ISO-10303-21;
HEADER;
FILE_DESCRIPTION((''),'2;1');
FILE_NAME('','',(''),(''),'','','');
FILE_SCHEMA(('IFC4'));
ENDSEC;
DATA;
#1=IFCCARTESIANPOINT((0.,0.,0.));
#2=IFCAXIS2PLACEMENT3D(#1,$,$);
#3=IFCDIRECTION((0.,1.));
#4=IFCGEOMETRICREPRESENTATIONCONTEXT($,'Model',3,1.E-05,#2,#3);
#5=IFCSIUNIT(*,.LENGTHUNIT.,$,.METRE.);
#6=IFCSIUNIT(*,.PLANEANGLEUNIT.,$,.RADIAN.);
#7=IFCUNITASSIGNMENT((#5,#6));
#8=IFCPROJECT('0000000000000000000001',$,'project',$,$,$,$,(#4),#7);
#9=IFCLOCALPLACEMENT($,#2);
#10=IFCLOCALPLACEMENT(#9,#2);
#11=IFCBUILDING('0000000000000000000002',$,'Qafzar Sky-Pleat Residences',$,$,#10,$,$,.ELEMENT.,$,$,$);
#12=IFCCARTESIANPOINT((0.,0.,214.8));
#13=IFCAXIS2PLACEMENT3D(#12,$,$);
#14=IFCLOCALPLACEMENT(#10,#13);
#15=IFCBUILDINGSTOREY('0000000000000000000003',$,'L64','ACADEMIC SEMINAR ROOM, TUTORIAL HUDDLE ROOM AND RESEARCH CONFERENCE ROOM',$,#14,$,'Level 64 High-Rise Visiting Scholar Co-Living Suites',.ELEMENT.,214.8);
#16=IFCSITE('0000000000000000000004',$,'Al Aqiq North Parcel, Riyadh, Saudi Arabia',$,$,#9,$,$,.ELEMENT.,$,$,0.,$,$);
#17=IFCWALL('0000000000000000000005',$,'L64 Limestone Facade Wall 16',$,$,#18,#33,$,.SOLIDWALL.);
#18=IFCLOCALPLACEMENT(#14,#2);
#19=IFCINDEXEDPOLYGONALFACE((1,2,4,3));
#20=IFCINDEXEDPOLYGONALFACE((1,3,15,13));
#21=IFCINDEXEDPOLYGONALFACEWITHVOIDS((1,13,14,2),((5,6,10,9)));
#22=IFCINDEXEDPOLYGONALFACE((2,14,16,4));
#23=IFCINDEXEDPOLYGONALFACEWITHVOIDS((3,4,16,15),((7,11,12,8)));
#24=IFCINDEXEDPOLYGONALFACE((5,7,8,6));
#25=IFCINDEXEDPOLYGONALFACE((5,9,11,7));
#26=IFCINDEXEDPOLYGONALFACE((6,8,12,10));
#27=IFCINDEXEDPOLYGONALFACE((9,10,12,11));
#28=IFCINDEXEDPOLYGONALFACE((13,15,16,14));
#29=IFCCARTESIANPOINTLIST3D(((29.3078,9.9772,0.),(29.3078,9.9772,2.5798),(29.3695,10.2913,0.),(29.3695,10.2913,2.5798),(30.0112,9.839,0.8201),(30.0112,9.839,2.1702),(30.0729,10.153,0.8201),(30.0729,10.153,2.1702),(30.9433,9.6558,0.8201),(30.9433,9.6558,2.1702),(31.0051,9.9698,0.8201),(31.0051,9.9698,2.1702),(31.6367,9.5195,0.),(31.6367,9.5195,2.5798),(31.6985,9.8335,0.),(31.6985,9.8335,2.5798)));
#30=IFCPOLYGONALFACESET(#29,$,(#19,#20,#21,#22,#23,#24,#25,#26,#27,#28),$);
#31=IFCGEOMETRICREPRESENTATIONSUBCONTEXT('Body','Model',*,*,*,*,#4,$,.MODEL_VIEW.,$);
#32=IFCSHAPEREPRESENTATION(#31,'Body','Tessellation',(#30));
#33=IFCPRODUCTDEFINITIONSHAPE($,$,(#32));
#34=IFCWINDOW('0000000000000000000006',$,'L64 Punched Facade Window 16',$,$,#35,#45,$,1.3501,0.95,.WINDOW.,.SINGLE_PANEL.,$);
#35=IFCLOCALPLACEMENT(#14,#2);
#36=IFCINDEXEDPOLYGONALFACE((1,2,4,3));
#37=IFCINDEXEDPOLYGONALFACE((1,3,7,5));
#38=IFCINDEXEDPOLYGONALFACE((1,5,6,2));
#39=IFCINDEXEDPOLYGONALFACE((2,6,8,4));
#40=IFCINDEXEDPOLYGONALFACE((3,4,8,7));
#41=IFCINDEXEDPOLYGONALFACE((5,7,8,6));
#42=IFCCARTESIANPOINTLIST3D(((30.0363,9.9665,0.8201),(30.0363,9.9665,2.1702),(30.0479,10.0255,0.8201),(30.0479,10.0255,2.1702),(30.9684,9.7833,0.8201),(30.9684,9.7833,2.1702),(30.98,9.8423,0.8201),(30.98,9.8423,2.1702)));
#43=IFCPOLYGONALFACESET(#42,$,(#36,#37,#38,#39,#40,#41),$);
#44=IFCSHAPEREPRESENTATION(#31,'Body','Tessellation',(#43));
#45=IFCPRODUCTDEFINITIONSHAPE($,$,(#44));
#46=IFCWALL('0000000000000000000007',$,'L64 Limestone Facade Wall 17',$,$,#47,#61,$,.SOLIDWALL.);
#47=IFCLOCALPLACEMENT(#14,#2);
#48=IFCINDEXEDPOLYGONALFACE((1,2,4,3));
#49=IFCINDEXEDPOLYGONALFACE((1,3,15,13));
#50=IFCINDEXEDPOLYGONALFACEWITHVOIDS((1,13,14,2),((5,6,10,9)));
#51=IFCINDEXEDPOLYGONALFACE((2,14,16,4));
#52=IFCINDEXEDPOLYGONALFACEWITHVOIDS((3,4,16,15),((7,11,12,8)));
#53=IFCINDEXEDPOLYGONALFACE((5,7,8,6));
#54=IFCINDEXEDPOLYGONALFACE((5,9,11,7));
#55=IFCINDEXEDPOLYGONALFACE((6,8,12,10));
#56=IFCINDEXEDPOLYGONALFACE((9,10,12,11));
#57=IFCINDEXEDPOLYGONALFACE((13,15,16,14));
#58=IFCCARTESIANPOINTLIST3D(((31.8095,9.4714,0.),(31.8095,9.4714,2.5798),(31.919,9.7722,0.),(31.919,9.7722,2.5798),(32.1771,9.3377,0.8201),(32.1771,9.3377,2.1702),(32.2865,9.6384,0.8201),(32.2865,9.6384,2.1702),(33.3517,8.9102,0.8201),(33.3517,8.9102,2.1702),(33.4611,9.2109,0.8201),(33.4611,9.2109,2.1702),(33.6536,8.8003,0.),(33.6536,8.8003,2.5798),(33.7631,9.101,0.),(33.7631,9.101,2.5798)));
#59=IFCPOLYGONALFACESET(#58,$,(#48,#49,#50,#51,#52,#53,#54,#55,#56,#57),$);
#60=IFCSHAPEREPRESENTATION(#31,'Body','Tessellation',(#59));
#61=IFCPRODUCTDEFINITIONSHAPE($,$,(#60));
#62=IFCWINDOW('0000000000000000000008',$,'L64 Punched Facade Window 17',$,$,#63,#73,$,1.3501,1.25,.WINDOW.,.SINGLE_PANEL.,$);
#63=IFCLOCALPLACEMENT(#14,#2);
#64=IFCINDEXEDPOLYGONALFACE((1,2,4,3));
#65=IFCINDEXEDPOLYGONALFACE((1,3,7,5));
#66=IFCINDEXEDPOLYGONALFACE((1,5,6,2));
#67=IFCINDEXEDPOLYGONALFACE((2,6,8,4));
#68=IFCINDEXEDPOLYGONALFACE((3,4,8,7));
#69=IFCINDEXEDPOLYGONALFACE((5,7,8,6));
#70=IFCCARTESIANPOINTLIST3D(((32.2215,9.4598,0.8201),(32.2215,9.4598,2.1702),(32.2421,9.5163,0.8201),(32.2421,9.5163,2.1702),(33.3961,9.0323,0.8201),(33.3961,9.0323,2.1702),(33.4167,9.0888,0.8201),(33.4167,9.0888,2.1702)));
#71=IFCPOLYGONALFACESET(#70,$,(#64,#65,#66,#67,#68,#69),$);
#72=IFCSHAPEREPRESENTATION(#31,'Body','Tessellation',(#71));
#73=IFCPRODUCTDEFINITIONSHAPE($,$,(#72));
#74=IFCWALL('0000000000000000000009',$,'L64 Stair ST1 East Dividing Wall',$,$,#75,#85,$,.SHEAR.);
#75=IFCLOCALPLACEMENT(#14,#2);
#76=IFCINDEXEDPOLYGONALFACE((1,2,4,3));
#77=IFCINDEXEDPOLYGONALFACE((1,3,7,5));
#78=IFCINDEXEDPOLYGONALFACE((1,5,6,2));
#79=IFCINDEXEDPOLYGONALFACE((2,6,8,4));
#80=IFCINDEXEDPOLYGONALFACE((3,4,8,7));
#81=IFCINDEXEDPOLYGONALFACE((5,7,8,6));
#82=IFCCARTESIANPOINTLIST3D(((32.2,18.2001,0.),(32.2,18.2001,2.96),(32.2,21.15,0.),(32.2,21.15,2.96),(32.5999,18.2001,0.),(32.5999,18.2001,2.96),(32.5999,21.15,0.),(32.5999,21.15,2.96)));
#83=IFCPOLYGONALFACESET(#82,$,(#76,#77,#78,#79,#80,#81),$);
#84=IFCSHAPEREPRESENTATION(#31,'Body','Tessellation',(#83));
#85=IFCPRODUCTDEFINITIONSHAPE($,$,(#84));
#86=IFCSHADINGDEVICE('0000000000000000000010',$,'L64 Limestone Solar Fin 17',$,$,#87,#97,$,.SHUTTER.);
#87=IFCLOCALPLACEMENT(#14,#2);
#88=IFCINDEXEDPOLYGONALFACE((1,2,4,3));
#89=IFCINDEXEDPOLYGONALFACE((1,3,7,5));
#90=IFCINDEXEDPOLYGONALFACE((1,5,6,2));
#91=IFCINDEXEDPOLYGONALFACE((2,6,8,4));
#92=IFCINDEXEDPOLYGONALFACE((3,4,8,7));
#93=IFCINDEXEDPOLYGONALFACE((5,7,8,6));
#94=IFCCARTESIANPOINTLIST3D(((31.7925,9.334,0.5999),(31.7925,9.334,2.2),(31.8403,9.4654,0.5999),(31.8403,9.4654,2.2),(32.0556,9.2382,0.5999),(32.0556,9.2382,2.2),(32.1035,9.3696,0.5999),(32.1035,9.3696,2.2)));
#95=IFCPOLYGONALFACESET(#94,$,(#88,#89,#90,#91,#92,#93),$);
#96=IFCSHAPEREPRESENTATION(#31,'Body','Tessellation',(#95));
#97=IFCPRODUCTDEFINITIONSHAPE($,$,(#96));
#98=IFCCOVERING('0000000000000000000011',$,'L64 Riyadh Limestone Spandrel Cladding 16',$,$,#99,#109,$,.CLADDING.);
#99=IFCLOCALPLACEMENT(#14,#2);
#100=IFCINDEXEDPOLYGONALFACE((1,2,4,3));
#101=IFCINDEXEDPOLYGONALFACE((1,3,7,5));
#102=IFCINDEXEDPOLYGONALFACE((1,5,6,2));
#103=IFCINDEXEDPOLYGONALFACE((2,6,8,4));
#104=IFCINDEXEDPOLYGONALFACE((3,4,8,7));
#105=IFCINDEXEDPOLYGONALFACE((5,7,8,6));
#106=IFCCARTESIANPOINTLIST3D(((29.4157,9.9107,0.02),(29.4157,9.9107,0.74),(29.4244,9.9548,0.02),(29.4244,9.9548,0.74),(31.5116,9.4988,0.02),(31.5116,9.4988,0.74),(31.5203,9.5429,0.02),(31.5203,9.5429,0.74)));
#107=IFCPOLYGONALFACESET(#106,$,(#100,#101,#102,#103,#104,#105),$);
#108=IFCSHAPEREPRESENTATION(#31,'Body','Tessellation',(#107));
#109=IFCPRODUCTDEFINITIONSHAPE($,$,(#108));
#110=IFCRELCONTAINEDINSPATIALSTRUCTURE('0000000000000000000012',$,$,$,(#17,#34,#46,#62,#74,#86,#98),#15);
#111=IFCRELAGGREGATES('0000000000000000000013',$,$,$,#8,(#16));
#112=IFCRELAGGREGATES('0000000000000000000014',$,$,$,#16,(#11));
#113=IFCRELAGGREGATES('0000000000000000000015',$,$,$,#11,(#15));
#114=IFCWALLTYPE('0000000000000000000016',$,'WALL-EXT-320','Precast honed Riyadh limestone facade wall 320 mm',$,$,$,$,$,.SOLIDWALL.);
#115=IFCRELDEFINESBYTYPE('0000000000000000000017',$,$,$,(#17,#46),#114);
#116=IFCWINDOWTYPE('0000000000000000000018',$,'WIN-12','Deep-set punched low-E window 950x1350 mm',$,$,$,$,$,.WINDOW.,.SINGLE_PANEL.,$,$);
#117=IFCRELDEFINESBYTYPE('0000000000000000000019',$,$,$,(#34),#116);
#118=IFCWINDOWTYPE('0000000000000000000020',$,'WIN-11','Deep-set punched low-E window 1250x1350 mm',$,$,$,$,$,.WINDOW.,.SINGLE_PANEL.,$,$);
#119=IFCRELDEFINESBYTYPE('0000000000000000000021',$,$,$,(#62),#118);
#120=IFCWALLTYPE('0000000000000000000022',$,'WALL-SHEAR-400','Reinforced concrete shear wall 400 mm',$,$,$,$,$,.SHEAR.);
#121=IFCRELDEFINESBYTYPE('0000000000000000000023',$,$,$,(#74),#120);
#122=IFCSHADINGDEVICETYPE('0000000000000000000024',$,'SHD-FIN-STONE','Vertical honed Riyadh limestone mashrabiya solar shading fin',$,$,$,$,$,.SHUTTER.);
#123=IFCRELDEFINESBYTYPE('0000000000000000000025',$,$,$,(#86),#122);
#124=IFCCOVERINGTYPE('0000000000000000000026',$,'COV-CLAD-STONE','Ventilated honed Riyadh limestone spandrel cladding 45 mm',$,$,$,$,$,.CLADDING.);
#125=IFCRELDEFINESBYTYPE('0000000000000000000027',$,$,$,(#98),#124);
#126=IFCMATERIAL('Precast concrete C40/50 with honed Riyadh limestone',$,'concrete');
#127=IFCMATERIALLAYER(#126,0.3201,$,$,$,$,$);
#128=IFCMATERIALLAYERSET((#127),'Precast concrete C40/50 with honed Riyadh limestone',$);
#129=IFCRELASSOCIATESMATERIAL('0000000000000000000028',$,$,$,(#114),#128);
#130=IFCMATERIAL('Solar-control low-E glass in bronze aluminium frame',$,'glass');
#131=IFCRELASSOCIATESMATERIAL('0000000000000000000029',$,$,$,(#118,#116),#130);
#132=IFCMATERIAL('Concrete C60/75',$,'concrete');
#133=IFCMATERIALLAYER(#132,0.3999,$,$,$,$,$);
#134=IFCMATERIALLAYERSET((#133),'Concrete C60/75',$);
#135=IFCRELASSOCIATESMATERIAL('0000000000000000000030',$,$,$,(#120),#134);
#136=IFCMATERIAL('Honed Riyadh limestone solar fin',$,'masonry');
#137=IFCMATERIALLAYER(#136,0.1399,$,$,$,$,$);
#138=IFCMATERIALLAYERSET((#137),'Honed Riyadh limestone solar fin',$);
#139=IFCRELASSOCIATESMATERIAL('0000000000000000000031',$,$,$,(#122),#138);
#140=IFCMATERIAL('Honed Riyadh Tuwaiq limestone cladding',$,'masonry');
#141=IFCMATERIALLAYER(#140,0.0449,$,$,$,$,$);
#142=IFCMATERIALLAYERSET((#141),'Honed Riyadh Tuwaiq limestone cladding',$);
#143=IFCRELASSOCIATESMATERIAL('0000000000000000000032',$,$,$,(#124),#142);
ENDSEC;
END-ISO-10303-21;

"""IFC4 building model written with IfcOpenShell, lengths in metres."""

from ifc_helpers import new_model, si_unit, direction, frame, frame_2d, origin, origin_2d, place, context, subcontext, project, spatial, rectangle, extrude, source, transform, mapped, material, layer, layer_set, type_object, element, fill, save


model = new_model("IFC4")

# Units and contexts
model_context = context("Model", 3, precision=1e-05, world=origin(), true_north=direction((0.0, 1.0)))
body_context = subcontext(model_context, "Body", "Model", "MODEL_VIEW")
ifc_project = project(units=[si_unit("LENGTHUNIT", "METRE"), si_unit("PLANEANGLEUNIT", "RADIAN")], contexts=[model_context])

# Site, building, storey
site_placement = place(None, origin())
site = spatial("IfcSite", under=ifc_project, at=site_placement, Name="Al Aqiq North Parcel, Riyadh, Saudi Arabia", CompositionType="ELEMENT", RefElevation=0.0)
building_placement = place(site_placement, origin())
building = spatial("IfcBuilding", under=site, at=building_placement, Name="Qafzar Sky-Pleat Residences", CompositionType="ELEMENT")
storey_placement = place(building_placement, frame((0.0, 0.0, 214.8)))
storey = spatial("IfcBuildingStorey", under=building, at=storey_placement, Name="L64", Description="ACADEMIC SEMINAR ROOM, TUTORIAL HUDDLE ROOM AND RESEARCH CONFERENCE ROOM", LongName="Level 64 High-Rise Visiting Scholar Co-Living Suites", CompositionType="ELEMENT", Elevation=214.8)

# Walls, openings, windows
ifc_material_1 = material(Name="Precast concrete C40/50 with honed Riyadh limestone", Category="concrete")
ifc_layer_1 = layer(ifc_material_1, 0.3201)
ifc_layer_set_1 = layer_set([ifc_layer_1], Name="Precast concrete C40/50 with honed Riyadh limestone")
wall_type_1 = type_object("IfcWallType", Name="WALL-EXT-320", Description="Precast honed Riyadh limestone facade wall 320 mm", PredefinedType="SOLIDWALL", material=ifc_layer_set_1)
ifc_material_2 = material(Name="Solar-control low-E glass in bronze aluminium frame", Category="glass")
window_type_1 = type_object("IfcWindowType", Name="WIN-11", Description="Deep-set punched low-E window 1250x1350 mm", PartitioningType="SINGLE_PANEL", PredefinedType="WINDOW", material=ifc_material_2)
shared_shape_1 = source(origin(), body_context, "Body", "SweptSolid", [
    extrude(rectangle(XDim=1.25, YDim=1.3501, at=frame_2d((0.625, 0.675))), frame((0.0, 0.03, 0.0), z_axis=(0.0, -1.0, 0.0), x_axis=(1.0, 0.0, 0.0)), (0.0, 0.0, 1.0), 0.0601),
])
wall_1_placement = place(storey_placement, frame((29.3386, 10.1343, 0.0), z_axis=(0.0, 0.0, 1.0), x_axis=(0.981224, -0.192871, 0.0)))
wall_1 = element("IfcWall", 1, at=wall_1_placement, inside=storey, type_object=wall_type_1, Name="L64 Limestone Facade Wall 16", PredefinedType="SOLIDWALL", context=body_context, shape_type="SweptSolid", body=[
    extrude(rectangle(XDim=2.3735, YDim=0.3201, at=frame_2d((1.1868, 0.0))), origin(), (0.0, 0.0, 1.0), 2.5798),
])
opening_1_placement = place(wall_1_placement, frame((0.7168, 0.0, 0.8201)))
opening_1 = element("IfcOpeningElement", 2, at=opening_1_placement, cuts=wall_1, PredefinedType="OPENING", context=body_context, shape_type="SweptSolid", body=[
    extrude(rectangle(XDim=0.95, YDim=1.3501, at=frame_2d((0.4751, 0.675))), frame((0.0, 0.1699, 0.0), z_axis=(0.0, -1.0, 0.0), x_axis=(1.0, 0.0, 0.0)), (0.0, 0.0, 1.0), 0.3401),
])
window_type_2 = type_object("IfcWindowType", Name="WIN-12", Description="Deep-set punched low-E window 950x1350 mm", PartitioningType="SINGLE_PANEL", PredefinedType="WINDOW", material=ifc_material_2)
shared_shape_2 = source(origin(), body_context, "Body", "SweptSolid", [
    extrude(rectangle(XDim=0.95, YDim=1.3501, at=frame_2d((0.4751, 0.675))), frame((0.0, 0.03, 0.0), z_axis=(0.0, -1.0, 0.0), x_axis=(1.0, 0.0, 0.0)), (0.0, 0.0, 1.0), 0.0601),
])
window_1_placement = place(opening_1_placement, origin())
window_1 = element("IfcWindow", 3, at=window_1_placement, inside=storey, type_object=window_type_2, Name="L64 Punched Facade Window 16", OverallHeight=1.3501, OverallWidth=0.95, PartitioningType="SINGLE_PANEL", PredefinedType="WINDOW", context=body_context, shape_type="MappedRepresentation", body=[
    mapped(shared_shape_2, transform((0.0, 0.0, 0.0), x_axis=(1.0, 0.0, 0.0), y_axis=(0.0, 1.0, 0.0), z_axis=(0.0, 0.0, 1.0), scale=1.0)),
])
fill(opening_1, window_1)
wall_2_placement = place(storey_placement, frame((31.8643, 9.6218, 0.0), z_axis=(0.0, 0.0, 1.0), x_axis=(0.939695, -0.342013, 0.0)))
wall_2 = element("IfcWall", 4, at=wall_2_placement, inside=storey, type_object=wall_type_1, Name="L64 Limestone Facade Wall 17", PredefinedType="SOLIDWALL", context=body_context, shape_type="SweptSolid", body=[
    extrude(rectangle(XDim=1.9624, YDim=0.3201, at=frame_2d((0.9812, 0.0))), origin(), (0.0, 0.0, 1.0), 2.5798),
])
opening_2_placement = place(wall_2_placement, frame((0.3911, 0.0, 0.8201)))
opening_2 = element("IfcOpeningElement", 5, at=opening_2_placement, cuts=wall_2, PredefinedType="OPENING", context=body_context, shape_type="SweptSolid", body=[
    extrude(rectangle(XDim=1.25, YDim=1.3501, at=frame_2d((0.625, 0.675))), frame((0.0, 0.1699, 0.0), z_axis=(0.0, -1.0, 0.0), x_axis=(1.0, 0.0, 0.0)), (0.0, 0.0, 1.0), 0.3401),
])
window_2_placement = place(opening_2_placement, origin())
window_2 = element("IfcWindow", 6, at=window_2_placement, inside=storey, type_object=window_type_1, Name="L64 Punched Facade Window 17", OverallHeight=1.3501, OverallWidth=1.25, PartitioningType="SINGLE_PANEL", PredefinedType="WINDOW", context=body_context, shape_type="MappedRepresentation", body=[
    mapped(shared_shape_1, transform((0.0, 0.0, 0.0), x_axis=(1.0, 0.0, 0.0), y_axis=(0.0, 1.0, 0.0), z_axis=(0.0, 0.0, 1.0), scale=1.0)),
])
fill(opening_2, window_2)

# Wall
ifc_material_3 = material(Name="Concrete C60/75", Category="concrete")
ifc_layer_2 = layer(ifc_material_3, 0.3999)
ifc_layer_set_2 = layer_set([ifc_layer_2], Name="Concrete C60/75")
wall_type_2 = type_object("IfcWallType", Name="WALL-SHEAR-400", Description="Reinforced concrete shear wall 400 mm", PredefinedType="SHEAR", material=ifc_layer_set_2)
wall_3_placement = place(storey_placement, frame((32.3999, 18.2, 0.0), z_axis=(0.0, 0.0, 1.0), x_axis=(0.0, 1.0, 0.0)))
element("IfcWall", 7, at=wall_3_placement, inside=storey, type_object=wall_type_2, Name="L64 Stair ST1 East Dividing Wall", PredefinedType="SHEAR", context=body_context, shape_type="SweptSolid", body=[
    extrude(rectangle(XDim=2.95, YDim=0.3999, at=frame_2d((1.4751, 0.0))), origin(), (0.0, 0.0, 1.0), 2.96),
])

# Shading device
ifc_material_4 = material(Name="Honed Riyadh limestone solar fin", Category="masonry")
ifc_layer_3 = layer(ifc_material_4, 0.1399)
ifc_layer_set_3 = layer_set([ifc_layer_3], Name="Honed Riyadh limestone solar fin")
shading_device_type = type_object("IfcShadingDeviceType", Name="SHD-FIN-STONE", Description="Vertical honed Riyadh limestone mashrabiya solar shading fin", PredefinedType="SHUTTER", material=ifc_layer_set_3)
shared_shape_3 = source(origin(), body_context, "Body", "SweptSolid", [
    extrude(rectangle(XDim=0.1399, YDim=0.28, at=origin_2d()), origin(), (0.0, 0.0, 1.0), 1.6001),
])
shading_device_placement = place(storey_placement, frame((31.948, 9.3518, 0.5999), z_axis=(0.0, 0.0, 1.0), x_axis=(-0.34201, -0.939696, 0.0)))
element("IfcShadingDevice", 8, at=shading_device_placement, inside=storey, type_object=shading_device_type, Name="L64 Limestone Solar Fin 17", PredefinedType="SHUTTER", context=body_context, shape_type="MappedRepresentation", body=[
    mapped(shared_shape_3, transform((0.0, 0.0, 0.0), x_axis=(1.0, 0.0, 0.0), y_axis=(0.0, 1.0, 0.0), z_axis=(0.0, 0.0, 1.0), scale=1.0)),
])

# Covering
ifc_material_5 = material(Name="Honed Riyadh Tuwaiq limestone cladding", Category="masonry")
ifc_layer_4 = layer(ifc_material_5, 0.0449)
ifc_layer_set_4 = layer_set([ifc_layer_4], Name="Honed Riyadh Tuwaiq limestone cladding")
covering_type = type_object("IfcCoveringType", Name="COV-CLAD-STONE", Description="Ventilated honed Riyadh limestone spandrel cladding 45 mm", PredefinedType="CLADDING", material=ifc_layer_set_4)
shared_shape_4 = source(origin(), body_context, "Body", "SweptSolid", [
    extrude(rectangle(XDim=2.136, YDim=0.0449, at=origin_2d()), origin(), (0.0, 0.0, 1.0), 0.72),
])
covering_placement = place(storey_placement, frame((30.468, 9.7268, 0.02), z_axis=(0.0, 0.0, 1.0), x_axis=(0.981228, -0.19285, 0.0)))
element("IfcCovering", 9, at=covering_placement, inside=storey, type_object=covering_type, Name="L64 Riyadh Limestone Spandrel Cladding 16", PredefinedType="CLADDING", context=body_context, shape_type="MappedRepresentation", body=[
    mapped(shared_shape_4, transform((0.0, 0.0, 0.0), x_axis=(1.0, 0.0, 0.0), y_axis=(0.0, 1.0, 0.0), z_axis=(0.0, 0.0, 1.0), scale=1.0)),
])

save(model, "model.ifc")
